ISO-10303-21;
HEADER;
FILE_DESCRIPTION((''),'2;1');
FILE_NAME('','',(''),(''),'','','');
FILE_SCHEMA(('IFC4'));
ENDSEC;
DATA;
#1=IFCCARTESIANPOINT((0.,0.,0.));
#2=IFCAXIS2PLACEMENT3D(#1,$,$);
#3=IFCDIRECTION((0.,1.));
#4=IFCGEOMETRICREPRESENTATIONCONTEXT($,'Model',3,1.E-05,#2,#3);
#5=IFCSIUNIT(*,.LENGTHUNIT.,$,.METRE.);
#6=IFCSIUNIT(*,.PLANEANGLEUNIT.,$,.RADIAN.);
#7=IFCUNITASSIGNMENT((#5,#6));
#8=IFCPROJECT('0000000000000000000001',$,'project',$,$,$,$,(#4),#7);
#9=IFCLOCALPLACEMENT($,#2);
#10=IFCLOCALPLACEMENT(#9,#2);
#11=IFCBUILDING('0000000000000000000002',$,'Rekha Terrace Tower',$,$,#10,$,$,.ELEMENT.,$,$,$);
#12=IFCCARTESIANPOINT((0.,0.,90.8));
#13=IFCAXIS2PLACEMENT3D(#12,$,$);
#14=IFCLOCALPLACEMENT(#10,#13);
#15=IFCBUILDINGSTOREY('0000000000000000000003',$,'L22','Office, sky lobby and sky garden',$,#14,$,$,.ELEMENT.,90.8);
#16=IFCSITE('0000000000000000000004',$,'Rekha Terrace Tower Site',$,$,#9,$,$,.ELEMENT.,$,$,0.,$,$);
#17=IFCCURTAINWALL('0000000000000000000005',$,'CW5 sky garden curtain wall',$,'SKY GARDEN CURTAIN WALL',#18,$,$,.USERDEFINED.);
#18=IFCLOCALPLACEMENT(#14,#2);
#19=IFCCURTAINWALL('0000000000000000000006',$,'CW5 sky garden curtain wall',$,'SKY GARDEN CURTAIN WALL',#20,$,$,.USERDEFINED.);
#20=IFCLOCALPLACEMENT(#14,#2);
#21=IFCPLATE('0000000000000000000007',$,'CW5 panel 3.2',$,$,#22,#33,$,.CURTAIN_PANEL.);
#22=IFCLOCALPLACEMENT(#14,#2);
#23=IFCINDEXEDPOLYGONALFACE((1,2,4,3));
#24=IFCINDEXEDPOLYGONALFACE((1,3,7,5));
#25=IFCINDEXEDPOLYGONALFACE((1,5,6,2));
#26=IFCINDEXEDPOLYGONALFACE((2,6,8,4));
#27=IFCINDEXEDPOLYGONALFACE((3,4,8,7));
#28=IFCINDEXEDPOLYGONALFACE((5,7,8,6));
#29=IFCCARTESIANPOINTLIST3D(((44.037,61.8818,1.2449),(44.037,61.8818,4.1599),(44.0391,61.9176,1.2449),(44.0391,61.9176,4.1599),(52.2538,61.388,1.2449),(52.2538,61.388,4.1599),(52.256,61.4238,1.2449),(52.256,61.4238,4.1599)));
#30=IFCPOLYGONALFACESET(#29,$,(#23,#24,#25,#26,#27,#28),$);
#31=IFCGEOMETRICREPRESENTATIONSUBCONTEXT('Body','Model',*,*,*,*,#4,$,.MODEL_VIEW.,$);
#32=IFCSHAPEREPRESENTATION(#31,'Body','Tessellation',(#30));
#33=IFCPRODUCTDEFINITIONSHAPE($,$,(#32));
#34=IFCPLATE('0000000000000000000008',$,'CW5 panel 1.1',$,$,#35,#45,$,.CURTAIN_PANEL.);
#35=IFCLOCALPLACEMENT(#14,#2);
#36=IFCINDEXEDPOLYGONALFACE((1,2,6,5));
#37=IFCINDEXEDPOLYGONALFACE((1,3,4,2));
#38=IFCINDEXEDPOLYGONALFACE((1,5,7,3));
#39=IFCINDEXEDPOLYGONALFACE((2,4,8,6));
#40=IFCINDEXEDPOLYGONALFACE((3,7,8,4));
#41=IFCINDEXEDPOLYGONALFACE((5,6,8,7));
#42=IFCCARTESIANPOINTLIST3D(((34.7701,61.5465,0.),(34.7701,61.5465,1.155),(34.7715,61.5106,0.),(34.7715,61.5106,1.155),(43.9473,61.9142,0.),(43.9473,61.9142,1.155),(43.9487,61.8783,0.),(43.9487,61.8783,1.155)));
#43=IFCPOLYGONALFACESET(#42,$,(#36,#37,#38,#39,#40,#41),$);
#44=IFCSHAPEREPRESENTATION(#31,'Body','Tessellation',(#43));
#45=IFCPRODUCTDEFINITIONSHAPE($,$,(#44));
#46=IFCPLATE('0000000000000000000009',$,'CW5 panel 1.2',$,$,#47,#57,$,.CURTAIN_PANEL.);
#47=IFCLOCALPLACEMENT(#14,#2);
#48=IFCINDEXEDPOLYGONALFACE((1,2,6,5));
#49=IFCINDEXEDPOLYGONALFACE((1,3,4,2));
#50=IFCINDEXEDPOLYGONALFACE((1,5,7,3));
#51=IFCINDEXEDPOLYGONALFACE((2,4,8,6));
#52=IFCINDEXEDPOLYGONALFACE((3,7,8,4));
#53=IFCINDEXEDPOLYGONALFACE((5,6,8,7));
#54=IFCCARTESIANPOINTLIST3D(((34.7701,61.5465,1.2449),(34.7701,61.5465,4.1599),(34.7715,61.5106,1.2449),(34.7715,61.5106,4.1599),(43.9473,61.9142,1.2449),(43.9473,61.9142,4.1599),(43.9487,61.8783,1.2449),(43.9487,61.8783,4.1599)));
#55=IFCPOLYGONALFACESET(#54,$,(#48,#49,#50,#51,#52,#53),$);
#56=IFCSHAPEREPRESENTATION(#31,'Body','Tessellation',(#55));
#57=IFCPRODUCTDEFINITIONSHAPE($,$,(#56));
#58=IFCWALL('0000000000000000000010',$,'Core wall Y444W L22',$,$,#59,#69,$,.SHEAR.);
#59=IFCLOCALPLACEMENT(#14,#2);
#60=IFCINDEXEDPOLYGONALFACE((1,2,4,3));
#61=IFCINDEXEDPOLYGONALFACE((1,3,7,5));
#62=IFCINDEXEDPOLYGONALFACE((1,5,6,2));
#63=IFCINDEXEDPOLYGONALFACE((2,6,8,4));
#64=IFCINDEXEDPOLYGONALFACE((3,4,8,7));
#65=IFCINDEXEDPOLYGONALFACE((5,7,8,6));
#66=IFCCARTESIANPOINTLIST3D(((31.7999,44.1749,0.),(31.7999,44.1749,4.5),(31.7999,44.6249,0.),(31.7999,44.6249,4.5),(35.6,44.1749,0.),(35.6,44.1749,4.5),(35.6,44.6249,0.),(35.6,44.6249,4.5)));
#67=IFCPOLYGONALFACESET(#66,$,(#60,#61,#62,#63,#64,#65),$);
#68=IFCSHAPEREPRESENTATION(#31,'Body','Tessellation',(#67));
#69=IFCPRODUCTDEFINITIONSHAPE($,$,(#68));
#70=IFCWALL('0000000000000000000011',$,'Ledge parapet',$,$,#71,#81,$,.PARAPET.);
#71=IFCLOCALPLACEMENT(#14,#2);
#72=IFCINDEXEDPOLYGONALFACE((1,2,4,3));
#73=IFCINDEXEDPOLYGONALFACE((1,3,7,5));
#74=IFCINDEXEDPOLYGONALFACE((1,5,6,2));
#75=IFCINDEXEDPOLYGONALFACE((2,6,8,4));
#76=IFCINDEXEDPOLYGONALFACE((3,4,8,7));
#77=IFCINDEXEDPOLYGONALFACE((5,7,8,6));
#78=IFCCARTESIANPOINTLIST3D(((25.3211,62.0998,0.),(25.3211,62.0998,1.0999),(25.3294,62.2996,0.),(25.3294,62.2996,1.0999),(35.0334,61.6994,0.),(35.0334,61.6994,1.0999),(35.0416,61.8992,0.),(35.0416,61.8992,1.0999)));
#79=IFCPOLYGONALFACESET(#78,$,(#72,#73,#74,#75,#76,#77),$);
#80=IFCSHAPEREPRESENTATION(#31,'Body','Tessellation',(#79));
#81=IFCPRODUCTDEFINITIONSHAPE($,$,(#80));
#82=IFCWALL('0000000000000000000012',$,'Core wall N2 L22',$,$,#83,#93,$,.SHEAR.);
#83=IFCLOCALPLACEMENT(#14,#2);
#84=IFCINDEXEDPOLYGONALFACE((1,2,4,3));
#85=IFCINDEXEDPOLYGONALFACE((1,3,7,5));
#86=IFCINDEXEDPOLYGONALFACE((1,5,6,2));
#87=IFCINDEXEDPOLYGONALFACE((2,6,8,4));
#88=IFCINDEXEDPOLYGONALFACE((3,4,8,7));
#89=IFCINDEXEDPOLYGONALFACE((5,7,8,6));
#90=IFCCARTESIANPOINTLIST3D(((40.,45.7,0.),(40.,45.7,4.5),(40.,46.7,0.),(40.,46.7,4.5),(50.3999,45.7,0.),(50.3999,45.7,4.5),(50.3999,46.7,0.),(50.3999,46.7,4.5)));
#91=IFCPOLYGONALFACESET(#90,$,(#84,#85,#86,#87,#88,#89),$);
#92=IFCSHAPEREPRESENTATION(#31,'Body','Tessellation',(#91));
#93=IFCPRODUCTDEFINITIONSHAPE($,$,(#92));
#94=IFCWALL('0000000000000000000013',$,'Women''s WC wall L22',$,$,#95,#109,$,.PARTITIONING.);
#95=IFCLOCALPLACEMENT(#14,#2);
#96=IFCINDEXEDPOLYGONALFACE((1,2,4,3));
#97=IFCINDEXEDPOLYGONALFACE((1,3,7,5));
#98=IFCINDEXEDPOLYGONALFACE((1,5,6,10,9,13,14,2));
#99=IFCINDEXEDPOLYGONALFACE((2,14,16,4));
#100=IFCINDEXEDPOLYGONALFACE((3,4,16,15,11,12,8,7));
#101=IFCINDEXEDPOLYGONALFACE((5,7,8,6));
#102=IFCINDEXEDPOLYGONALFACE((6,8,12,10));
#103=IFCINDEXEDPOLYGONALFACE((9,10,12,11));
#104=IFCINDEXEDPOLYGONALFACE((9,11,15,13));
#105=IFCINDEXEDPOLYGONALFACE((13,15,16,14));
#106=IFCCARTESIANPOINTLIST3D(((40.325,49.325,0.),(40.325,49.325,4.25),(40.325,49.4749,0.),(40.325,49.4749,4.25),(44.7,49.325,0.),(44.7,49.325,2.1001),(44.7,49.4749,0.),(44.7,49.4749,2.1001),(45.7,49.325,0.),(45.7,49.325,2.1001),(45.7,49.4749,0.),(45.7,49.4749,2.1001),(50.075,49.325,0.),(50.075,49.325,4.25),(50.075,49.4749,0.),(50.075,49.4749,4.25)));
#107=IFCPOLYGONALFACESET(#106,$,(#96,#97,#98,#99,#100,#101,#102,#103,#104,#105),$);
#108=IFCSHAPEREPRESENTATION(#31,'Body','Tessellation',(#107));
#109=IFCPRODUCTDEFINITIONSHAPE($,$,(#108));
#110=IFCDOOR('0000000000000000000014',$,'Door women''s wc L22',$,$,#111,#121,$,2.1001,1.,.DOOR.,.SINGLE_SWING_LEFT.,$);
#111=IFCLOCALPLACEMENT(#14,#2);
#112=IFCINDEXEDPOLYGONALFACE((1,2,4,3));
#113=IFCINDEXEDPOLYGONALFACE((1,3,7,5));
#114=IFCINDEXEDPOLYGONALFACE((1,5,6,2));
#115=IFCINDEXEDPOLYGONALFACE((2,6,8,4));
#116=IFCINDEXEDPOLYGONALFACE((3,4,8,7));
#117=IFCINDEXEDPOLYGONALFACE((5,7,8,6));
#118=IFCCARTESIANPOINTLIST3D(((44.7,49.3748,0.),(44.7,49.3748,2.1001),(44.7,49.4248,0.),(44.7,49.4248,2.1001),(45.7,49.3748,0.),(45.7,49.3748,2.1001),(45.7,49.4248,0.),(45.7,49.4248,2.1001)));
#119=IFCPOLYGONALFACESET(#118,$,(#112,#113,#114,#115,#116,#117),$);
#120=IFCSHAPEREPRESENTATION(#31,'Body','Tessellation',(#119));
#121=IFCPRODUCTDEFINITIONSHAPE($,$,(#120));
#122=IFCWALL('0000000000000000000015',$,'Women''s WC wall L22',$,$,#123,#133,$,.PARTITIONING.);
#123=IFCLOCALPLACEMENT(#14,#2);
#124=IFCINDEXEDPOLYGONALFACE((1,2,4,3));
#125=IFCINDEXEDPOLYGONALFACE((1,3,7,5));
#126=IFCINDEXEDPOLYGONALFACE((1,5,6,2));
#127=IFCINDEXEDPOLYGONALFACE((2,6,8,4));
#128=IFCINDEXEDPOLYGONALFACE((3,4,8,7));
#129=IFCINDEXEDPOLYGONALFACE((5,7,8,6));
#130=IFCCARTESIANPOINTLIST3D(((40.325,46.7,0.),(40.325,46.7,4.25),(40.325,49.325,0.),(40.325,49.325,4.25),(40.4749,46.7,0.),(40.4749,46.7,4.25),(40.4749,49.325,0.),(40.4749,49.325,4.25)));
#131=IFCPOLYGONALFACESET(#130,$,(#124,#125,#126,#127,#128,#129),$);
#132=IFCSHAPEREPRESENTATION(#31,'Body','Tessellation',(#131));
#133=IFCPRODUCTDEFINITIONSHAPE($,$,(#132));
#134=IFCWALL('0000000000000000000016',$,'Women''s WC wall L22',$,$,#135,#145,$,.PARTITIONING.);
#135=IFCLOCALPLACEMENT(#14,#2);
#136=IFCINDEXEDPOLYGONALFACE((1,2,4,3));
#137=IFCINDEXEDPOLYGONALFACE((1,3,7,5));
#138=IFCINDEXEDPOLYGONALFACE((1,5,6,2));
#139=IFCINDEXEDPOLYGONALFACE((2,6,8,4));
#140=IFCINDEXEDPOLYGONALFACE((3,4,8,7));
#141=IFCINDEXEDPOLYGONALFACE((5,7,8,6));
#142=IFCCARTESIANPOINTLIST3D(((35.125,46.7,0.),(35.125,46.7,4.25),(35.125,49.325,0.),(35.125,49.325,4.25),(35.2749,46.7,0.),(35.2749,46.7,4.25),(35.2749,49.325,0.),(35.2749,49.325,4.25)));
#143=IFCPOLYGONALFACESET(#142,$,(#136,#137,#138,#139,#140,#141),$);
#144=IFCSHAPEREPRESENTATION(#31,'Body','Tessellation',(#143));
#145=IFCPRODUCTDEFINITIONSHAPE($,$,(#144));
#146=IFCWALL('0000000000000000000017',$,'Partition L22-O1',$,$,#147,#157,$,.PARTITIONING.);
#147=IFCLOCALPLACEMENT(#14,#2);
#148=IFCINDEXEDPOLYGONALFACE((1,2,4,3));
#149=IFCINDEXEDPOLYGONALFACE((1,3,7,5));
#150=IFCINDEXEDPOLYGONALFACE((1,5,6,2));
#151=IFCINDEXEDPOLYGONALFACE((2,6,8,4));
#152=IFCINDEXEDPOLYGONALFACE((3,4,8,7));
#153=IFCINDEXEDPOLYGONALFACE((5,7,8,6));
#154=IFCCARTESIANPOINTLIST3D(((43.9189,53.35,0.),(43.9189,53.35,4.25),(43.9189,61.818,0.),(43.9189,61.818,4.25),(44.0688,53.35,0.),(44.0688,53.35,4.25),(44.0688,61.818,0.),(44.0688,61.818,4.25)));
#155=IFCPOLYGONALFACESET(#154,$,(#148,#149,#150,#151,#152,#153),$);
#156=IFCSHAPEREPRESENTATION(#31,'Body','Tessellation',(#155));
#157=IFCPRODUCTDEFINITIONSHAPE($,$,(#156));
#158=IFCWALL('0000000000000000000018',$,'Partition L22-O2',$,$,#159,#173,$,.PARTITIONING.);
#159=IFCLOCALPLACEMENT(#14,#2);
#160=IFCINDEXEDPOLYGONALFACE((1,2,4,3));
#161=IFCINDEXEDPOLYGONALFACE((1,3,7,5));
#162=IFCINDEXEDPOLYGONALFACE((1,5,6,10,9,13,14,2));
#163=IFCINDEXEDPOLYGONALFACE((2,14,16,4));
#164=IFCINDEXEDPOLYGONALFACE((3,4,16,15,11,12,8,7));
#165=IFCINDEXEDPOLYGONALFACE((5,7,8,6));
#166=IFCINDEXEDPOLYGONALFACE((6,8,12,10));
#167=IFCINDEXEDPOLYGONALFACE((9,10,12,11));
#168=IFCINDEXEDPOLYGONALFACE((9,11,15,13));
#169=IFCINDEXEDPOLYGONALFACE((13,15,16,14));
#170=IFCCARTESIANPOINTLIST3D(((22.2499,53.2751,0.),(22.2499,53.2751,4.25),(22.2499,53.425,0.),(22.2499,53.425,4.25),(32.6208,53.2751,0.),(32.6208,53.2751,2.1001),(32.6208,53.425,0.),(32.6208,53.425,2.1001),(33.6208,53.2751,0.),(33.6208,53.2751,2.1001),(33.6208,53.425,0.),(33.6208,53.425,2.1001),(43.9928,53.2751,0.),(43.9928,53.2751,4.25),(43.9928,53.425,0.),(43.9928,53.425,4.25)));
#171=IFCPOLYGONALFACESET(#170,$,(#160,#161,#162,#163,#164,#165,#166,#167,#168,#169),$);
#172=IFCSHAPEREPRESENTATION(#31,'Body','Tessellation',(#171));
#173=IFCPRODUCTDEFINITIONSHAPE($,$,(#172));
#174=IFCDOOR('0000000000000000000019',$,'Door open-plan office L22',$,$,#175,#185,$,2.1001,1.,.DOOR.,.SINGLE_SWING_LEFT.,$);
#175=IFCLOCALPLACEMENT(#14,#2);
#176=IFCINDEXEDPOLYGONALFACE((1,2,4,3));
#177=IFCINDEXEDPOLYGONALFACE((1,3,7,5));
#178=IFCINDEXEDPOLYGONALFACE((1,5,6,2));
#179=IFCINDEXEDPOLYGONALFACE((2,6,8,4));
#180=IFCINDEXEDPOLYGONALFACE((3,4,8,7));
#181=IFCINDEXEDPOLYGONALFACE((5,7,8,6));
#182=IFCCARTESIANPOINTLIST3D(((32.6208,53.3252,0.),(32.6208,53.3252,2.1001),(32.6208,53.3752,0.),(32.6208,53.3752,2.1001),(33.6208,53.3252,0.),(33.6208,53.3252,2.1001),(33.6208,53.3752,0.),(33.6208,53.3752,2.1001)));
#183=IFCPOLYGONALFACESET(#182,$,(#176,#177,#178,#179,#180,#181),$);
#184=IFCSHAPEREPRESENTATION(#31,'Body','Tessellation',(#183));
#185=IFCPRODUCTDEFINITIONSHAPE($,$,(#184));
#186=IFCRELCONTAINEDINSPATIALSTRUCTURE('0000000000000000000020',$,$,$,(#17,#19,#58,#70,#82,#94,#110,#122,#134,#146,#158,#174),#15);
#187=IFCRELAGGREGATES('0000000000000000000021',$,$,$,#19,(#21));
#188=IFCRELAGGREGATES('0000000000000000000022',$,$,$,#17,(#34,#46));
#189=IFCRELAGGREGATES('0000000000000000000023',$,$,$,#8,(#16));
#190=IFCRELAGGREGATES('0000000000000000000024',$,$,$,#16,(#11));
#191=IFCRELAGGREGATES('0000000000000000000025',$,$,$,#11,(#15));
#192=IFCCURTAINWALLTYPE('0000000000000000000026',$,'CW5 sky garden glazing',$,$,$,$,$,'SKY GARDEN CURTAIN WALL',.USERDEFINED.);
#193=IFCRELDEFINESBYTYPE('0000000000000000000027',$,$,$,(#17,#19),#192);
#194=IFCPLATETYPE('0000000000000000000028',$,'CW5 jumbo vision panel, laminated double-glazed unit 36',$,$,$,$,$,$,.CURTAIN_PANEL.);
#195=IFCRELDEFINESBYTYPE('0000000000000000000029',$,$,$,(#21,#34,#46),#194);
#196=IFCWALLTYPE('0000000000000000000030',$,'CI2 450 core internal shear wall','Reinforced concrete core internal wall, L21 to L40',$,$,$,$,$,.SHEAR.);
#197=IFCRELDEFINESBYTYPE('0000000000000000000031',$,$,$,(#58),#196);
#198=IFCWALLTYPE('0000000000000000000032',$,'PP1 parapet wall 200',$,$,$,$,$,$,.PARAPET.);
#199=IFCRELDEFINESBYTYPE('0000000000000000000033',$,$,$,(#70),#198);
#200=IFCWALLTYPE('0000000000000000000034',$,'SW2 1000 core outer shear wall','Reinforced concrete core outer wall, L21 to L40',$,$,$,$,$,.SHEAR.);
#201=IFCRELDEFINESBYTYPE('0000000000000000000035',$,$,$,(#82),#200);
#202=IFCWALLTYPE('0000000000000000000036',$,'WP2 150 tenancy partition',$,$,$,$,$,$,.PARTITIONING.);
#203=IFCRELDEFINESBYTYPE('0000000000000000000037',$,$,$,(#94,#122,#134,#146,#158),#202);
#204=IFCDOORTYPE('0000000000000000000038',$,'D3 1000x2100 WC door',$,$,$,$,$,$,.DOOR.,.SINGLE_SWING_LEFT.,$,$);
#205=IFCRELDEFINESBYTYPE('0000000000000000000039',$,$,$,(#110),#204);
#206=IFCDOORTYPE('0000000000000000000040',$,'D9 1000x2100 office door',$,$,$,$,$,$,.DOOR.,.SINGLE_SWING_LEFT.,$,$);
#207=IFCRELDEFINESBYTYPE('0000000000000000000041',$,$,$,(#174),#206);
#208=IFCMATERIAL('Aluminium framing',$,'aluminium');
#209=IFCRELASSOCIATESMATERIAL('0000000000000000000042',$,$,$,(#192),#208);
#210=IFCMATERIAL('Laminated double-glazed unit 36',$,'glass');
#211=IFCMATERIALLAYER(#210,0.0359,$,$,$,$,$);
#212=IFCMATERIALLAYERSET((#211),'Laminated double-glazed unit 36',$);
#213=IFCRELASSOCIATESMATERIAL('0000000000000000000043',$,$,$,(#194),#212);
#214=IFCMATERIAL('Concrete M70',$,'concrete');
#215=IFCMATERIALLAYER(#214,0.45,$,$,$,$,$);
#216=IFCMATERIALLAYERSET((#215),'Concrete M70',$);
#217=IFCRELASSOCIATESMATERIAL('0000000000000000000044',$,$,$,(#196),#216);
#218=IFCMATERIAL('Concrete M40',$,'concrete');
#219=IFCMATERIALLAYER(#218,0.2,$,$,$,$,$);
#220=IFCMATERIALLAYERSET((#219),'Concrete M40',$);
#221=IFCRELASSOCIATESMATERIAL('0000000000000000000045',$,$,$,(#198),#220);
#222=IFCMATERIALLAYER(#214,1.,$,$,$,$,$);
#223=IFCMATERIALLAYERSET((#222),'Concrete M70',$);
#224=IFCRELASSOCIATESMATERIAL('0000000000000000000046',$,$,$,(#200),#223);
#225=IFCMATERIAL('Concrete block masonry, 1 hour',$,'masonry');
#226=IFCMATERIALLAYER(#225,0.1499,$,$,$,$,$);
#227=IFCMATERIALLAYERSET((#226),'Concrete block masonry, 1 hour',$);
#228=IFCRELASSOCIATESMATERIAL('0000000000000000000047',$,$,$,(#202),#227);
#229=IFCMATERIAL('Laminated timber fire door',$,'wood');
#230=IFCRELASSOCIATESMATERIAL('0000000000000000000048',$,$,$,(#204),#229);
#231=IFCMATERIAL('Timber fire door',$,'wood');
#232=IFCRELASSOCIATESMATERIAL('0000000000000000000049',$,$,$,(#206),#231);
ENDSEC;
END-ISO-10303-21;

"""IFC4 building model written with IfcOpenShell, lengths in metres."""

from ifc_helpers import new_model, si_unit, direction, frame, frame_2d, origin, origin_2d, place, context, subcontext, project, spatial, rectangle, extrude, material, layer, layer_set, type_object, element, fill, aggregate, save


model = new_model("IFC4")

# Units and contexts
model_context = context("Model", 3, precision=1e-05, world=origin(), true_north=direction((0.0, 1.0)))
body_context = subcontext(model_context, "Body", "Model", "MODEL_VIEW")
ifc_project = project(units=[si_unit("LENGTHUNIT", "METRE"), si_unit("PLANEANGLEUNIT", "RADIAN")], contexts=[model_context])

# Site, building, storey
site_placement = place(None, origin())
site = spatial("IfcSite", under=ifc_project, at=site_placement, Name="Rekha Terrace Tower Site", CompositionType="ELEMENT", RefElevation=0.0)
building_placement = place(site_placement, origin())
building = spatial("IfcBuilding", under=site, at=building_placement, Name="Rekha Terrace Tower", CompositionType="ELEMENT")
storey_placement = place(building_placement, frame((0.0, 0.0, 90.8)))
storey = spatial("IfcBuildingStorey", under=building, at=storey_placement, Name="L22", Description="Office, sky lobby and sky garden", CompositionType="ELEMENT", Elevation=90.8)

# Shared definitions
ifc_material_1 = material(Name="Concrete M70", Category="concrete")

# Curtain wall
ifc_material_2 = material(Name="Aluminium framing", Category="aluminium")
curtain_wall_type = type_object("IfcCurtainWallType", Name="CW5 sky garden glazing", ElementType="SKY GARDEN CURTAIN WALL", PredefinedType="USERDEFINED", material=ifc_material_2)
curtain_wall_1_placement = place(storey_placement, origin())
curtain_wall_1 = element("IfcCurtainWall", 1, at=curtain_wall_1_placement, inside=storey, type_object=curtain_wall_type, Name="CW5 sky garden curtain wall", ObjectType="SKY GARDEN CURTAIN WALL", PredefinedType="USERDEFINED")

# Curtain wall, plate
curtain_wall_2_placement = place(storey_placement, origin())
curtain_wall_2 = element("IfcCurtainWall", 2, at=curtain_wall_2_placement, inside=storey, type_object=curtain_wall_type, Name="CW5 sky garden curtain wall", ObjectType="SKY GARDEN CURTAIN WALL", PredefinedType="USERDEFINED")
ifc_material_3 = material(Name="Laminated double-glazed unit 36", Category="glass")
ifc_layer_1 = layer(ifc_material_3, 0.0359)
ifc_layer_set_1 = layer_set([ifc_layer_1], Name="Laminated double-glazed unit 36")
plate_type = type_object("IfcPlateType", Name="CW5 jumbo vision panel, laminated double-glazed unit 36", PredefinedType="CURTAIN_PANEL", material=ifc_layer_set_1)
plate_1_placement = place(storey_placement, frame((48.1465, 61.6528, 1.2449), z_axis=(0.0, 0.0, 1.0), x_axis=(-0.998199, 0.059988, 0.0)))
plate_1 = element("IfcPlate", 3, at=plate_1_placement, type_object=plate_type, Name="CW5 panel 3.2", PredefinedType="CURTAIN_PANEL", context=body_context, shape_type="SweptSolid", body=[
    extrude(rectangle(XDim=8.2317, YDim=0.0359, at=origin_2d()), origin(), (0.0, 0.0, 1.0), 2.915),
])
aggregate(curtain_wall_2, [plate_1])

# Plates
plate_2_placement = place(storey_placement, frame((39.3594, 61.7124, 0.0), z_axis=(0.0, 0.0, 1.0), x_axis=(-0.999198, -0.040032, 0.0)))
plate_2 = element("IfcPlate", 4, at=plate_2_placement, type_object=plate_type, Name="CW5 panel 1.1", PredefinedType="CURTAIN_PANEL", context=body_context, shape_type="SweptSolid", body=[
    extrude(rectangle(XDim=9.1846, YDim=0.0359, at=origin_2d()), origin(), (0.0, 0.0, 1.0), 1.155),
])
plate_3_placement = place(storey_placement, frame((39.3594, 61.7124, 1.2449), z_axis=(0.0, 0.0, 1.0), x_axis=(-0.999198, -0.040032, 0.0)))
plate_3 = element("IfcPlate", 5, at=plate_3_placement, type_object=plate_type, Name="CW5 panel 1.2", PredefinedType="CURTAIN_PANEL", context=body_context, shape_type="SweptSolid", body=[
    extrude(rectangle(XDim=9.1846, YDim=0.0359, at=origin_2d()), origin(), (0.0, 0.0, 1.0), 2.915),
])
aggregate(curtain_wall_1, [plate_2, plate_3])

# Walls
ifc_layer_2 = layer(ifc_material_1, 0.45)
ifc_layer_set_2 = layer_set([ifc_layer_2], Name="Concrete M70")
wall_type_1 = type_object("IfcWallType", Name="CI2 450 core internal shear wall", Description="Reinforced concrete core internal wall, L21 to L40", PredefinedType="SHEAR", material=ifc_layer_set_2)
wall_1_placement = place(storey_placement, frame((31.8, 44.3999, 0.0), z_axis=(0.0, 0.0, 1.0), x_axis=(1.0, 0.0, 0.0)))
element("IfcWall", 6, at=wall_1_placement, inside=storey, type_object=wall_type_1, Name="Core wall Y444W L22", PredefinedType="SHEAR", context=body_context, shape_type="SweptSolid", body=[
    extrude(rectangle(XDim=3.8, YDim=0.45, at=frame_2d((1.8999, 0.0))), origin(), (0.0, 0.0, 1.0), 4.5),
])
ifc_material_4 = material(Name="Concrete M40", Category="concrete")
ifc_layer_3 = layer(ifc_material_4, 0.2)
ifc_layer_set_3 = layer_set([ifc_layer_3], Name="Concrete M40")
wall_type_2 = type_object("IfcWallType", Name="PP1 parapet wall 200", PredefinedType="PARAPET", material=ifc_layer_set_3)
wall_2_placement = place(storey_placement, frame((35.0376, 61.7993, 0.0), z_axis=(0.0, 0.0, 1.0), x_axis=(-0.999151, 0.041191, 0.0)))
element("IfcWall", 7, at=wall_2_placement, inside=storey, type_object=wall_type_2, Name="Ledge parapet", PredefinedType="PARAPET", context=body_context, shape_type="SweptSolid", body=[
    extrude(rectangle(XDim=9.7205, YDim=0.2, at=frame_2d((4.8604, 0.0))), origin(), (0.0, 0.0, 1.0), 1.0999),
])
ifc_layer_4 = layer(ifc_material_1, 1.0)
ifc_layer_set_4 = layer_set([ifc_layer_4], Name="Concrete M70")
wall_type_3 = type_object("IfcWallType", Name="SW2 1000 core outer shear wall", Description="Reinforced concrete core outer wall, L21 to L40", PredefinedType="SHEAR", material=ifc_layer_set_4)
wall_3_placement = place(storey_placement, frame((40.0, 46.2, 0.0), z_axis=(0.0, 0.0, 1.0), x_axis=(1.0, 0.0, 0.0)))
element("IfcWall", 8, at=wall_3_placement, inside=storey, type_object=wall_type_3, Name="Core wall N2 L22", PredefinedType="SHEAR", context=body_context, shape_type="SweptSolid", body=[
    extrude(rectangle(XDim=10.3999, YDim=1.0, at=frame_2d((5.2, 0.0))), origin(), (0.0, 0.0, 1.0), 4.5),
])

# Wall, opening, door
ifc_material_5 = material(Name="Concrete block masonry, 1 hour", Category="masonry")
ifc_layer_5 = layer(ifc_material_5, 0.1499)
ifc_layer_set_5 = layer_set([ifc_layer_5], Name="Concrete block masonry, 1 hour")
wall_type_4 = type_object("IfcWallType", Name="WP2 150 tenancy partition", PredefinedType="PARTITIONING", material=ifc_layer_set_5)
wall_4_placement = place(storey_placement, frame((40.325, 49.3999, 0.0), z_axis=(0.0, 0.0, 1.0), x_axis=(1.0, 0.0, 0.0)))
wall_4 = element("IfcWall", 9, at=wall_4_placement, inside=storey, type_object=wall_type_4, Name="Women's WC wall L22", PredefinedType="PARTITIONING", context=body_context, shape_type="SweptSolid", body=[
    extrude(rectangle(XDim=9.75, YDim=0.1499, at=frame_2d((4.875, 0.0))), origin(), (0.0, 0.0, 1.0), 4.25),
])
opening_1_placement = place(wall_4_placement, frame((4.375, 0.0, 0.0)))
opening_1 = element("IfcOpeningElement", 10, at=opening_1_placement, cuts=wall_4, PredefinedType="OPENING", context=body_context, shape_type="SweptSolid", body=[
    extrude(rectangle(XDim=1.0, YDim=2.1001, at=frame_2d((0.5, 1.05))), frame((0.0, 0.085, 0.0), z_axis=(0.0, -1.0, 0.0), x_axis=(1.0, 0.0, 0.0)), (0.0, 0.0, 1.0), 0.1699),
])
ifc_material_6 = material(Name="Laminated timber fire door", Category="wood")
door_type_1 = type_object("IfcDoorType", Name="D3 1000x2100 WC door", OperationType="SINGLE_SWING_LEFT", PredefinedType="DOOR", material=ifc_material_6)
door_1_placement = place(opening_1_placement, origin())
door_1 = element("IfcDoor", 11, at=door_1_placement, inside=storey, type_object=door_type_1, Name="Door women's wc L22", OperationType="SINGLE_SWING_LEFT", OverallHeight=2.1001, OverallWidth=1.0, PredefinedType="DOOR", context=body_context, shape_type="SweptSolid", body=[
    extrude(rectangle(XDim=1.0, YDim=2.1001, at=frame_2d((0.5, 1.05))), frame((0.0, 0.0249, 0.0), z_axis=(0.0, -1.0, 0.0), x_axis=(1.0, 0.0, 0.0)), (0.0, 0.0, 1.0), 0.05),
])
fill(opening_1, door_1)

# Walls
for number, where, z_axis, x_axis, name in (
    (12, (40.3999, 46.7, 0.0), (0.0, 0.0, 1.0), (0.0, 1.0, 0.0), "Women's WC wall L22"),
    (13, (35.2, 46.7, 0.0), (0.0, 0.0, 1.0), (0.0, 1.0, 0.0), "Women's WC wall L22"),
):
    element("IfcWall", number, at=place(storey_placement, frame(where, z_axis=z_axis, x_axis=x_axis)), inside=storey, type_object=wall_type_4, Name=name, PredefinedType="PARTITIONING", context=body_context, shape_type="SweptSolid", body=[
        extrude(rectangle(XDim=2.625, YDim=0.1499, at=frame_2d((1.3125, 0.0))), origin(), (0.0, 0.0, 1.0), 4.25),
    ])
wall_5_placement = place(storey_placement, frame((43.9939, 53.3501, 0.0), z_axis=(0.0, 0.0, 1.0), x_axis=(0.0, 1.0, 0.0)))
element("IfcWall", 14, at=wall_5_placement, inside=storey, type_object=wall_type_4, Name="Partition L22-O1", PredefinedType="PARTITIONING", context=body_context, shape_type="SweptSolid", body=[
    extrude(rectangle(XDim=8.468, YDim=0.1499, at=frame_2d((4.2339, 0.0))), origin(), (0.0, 0.0, 1.0), 4.25),
])

# Wall, opening, door
wall_6_placement = place(storey_placement, frame((43.9929, 53.3501, 0.0), z_axis=(0.0, 0.0, 1.0), x_axis=(-1.0, 0.0, 0.0)))
wall_6 = element("IfcWall", 15, at=wall_6_placement, inside=storey, type_object=wall_type_4, Name="Partition L22-O2", PredefinedType="PARTITIONING", context=body_context, shape_type="SweptSolid", body=[
    extrude(rectangle(XDim=21.7429, YDim=0.1499, at=frame_2d((10.8716, 0.0))), origin(), (0.0, 0.0, 1.0), 4.25),
])
opening_2_placement = place(wall_6_placement, frame((10.3721, 0.0, 0.0)))
opening_2 = element("IfcOpeningElement", 16, at=opening_2_placement, cuts=wall_6, PredefinedType="OPENING", context=body_context, shape_type="SweptSolid", body=[
    extrude(rectangle(XDim=1.0, YDim=2.1001, at=frame_2d((0.5, 1.05))), frame((0.0, 0.085, 0.0), z_axis=(0.0, -1.0, 0.0), x_axis=(1.0, 0.0, 0.0)), (0.0, 0.0, 1.0), 0.1699),
])
ifc_material_7 = material(Name="Timber fire door", Category="wood")
door_type_2 = type_object("IfcDoorType", Name="D9 1000x2100 office door", OperationType="SINGLE_SWING_LEFT", PredefinedType="DOOR", material=ifc_material_7)
door_2_placement = place(opening_2_placement, origin())
door_2 = element("IfcDoor", 17, at=door_2_placement, inside=storey, type_object=door_type_2, Name="Door open-plan office L22", OperationType="SINGLE_SWING_LEFT", OverallHeight=2.1001, OverallWidth=1.0, PredefinedType="DOOR", context=body_context, shape_type="SweptSolid", body=[
    extrude(rectangle(XDim=1.0, YDim=2.1001, at=frame_2d((0.5, 1.05))), frame((0.0, 0.0249, 0.0), z_axis=(0.0, -1.0, 0.0), x_axis=(1.0, 0.0, 0.0)), (0.0, 0.0, 1.0), 0.05),
])
fill(opening_2, door_2)

save(model, "model.ifc")
